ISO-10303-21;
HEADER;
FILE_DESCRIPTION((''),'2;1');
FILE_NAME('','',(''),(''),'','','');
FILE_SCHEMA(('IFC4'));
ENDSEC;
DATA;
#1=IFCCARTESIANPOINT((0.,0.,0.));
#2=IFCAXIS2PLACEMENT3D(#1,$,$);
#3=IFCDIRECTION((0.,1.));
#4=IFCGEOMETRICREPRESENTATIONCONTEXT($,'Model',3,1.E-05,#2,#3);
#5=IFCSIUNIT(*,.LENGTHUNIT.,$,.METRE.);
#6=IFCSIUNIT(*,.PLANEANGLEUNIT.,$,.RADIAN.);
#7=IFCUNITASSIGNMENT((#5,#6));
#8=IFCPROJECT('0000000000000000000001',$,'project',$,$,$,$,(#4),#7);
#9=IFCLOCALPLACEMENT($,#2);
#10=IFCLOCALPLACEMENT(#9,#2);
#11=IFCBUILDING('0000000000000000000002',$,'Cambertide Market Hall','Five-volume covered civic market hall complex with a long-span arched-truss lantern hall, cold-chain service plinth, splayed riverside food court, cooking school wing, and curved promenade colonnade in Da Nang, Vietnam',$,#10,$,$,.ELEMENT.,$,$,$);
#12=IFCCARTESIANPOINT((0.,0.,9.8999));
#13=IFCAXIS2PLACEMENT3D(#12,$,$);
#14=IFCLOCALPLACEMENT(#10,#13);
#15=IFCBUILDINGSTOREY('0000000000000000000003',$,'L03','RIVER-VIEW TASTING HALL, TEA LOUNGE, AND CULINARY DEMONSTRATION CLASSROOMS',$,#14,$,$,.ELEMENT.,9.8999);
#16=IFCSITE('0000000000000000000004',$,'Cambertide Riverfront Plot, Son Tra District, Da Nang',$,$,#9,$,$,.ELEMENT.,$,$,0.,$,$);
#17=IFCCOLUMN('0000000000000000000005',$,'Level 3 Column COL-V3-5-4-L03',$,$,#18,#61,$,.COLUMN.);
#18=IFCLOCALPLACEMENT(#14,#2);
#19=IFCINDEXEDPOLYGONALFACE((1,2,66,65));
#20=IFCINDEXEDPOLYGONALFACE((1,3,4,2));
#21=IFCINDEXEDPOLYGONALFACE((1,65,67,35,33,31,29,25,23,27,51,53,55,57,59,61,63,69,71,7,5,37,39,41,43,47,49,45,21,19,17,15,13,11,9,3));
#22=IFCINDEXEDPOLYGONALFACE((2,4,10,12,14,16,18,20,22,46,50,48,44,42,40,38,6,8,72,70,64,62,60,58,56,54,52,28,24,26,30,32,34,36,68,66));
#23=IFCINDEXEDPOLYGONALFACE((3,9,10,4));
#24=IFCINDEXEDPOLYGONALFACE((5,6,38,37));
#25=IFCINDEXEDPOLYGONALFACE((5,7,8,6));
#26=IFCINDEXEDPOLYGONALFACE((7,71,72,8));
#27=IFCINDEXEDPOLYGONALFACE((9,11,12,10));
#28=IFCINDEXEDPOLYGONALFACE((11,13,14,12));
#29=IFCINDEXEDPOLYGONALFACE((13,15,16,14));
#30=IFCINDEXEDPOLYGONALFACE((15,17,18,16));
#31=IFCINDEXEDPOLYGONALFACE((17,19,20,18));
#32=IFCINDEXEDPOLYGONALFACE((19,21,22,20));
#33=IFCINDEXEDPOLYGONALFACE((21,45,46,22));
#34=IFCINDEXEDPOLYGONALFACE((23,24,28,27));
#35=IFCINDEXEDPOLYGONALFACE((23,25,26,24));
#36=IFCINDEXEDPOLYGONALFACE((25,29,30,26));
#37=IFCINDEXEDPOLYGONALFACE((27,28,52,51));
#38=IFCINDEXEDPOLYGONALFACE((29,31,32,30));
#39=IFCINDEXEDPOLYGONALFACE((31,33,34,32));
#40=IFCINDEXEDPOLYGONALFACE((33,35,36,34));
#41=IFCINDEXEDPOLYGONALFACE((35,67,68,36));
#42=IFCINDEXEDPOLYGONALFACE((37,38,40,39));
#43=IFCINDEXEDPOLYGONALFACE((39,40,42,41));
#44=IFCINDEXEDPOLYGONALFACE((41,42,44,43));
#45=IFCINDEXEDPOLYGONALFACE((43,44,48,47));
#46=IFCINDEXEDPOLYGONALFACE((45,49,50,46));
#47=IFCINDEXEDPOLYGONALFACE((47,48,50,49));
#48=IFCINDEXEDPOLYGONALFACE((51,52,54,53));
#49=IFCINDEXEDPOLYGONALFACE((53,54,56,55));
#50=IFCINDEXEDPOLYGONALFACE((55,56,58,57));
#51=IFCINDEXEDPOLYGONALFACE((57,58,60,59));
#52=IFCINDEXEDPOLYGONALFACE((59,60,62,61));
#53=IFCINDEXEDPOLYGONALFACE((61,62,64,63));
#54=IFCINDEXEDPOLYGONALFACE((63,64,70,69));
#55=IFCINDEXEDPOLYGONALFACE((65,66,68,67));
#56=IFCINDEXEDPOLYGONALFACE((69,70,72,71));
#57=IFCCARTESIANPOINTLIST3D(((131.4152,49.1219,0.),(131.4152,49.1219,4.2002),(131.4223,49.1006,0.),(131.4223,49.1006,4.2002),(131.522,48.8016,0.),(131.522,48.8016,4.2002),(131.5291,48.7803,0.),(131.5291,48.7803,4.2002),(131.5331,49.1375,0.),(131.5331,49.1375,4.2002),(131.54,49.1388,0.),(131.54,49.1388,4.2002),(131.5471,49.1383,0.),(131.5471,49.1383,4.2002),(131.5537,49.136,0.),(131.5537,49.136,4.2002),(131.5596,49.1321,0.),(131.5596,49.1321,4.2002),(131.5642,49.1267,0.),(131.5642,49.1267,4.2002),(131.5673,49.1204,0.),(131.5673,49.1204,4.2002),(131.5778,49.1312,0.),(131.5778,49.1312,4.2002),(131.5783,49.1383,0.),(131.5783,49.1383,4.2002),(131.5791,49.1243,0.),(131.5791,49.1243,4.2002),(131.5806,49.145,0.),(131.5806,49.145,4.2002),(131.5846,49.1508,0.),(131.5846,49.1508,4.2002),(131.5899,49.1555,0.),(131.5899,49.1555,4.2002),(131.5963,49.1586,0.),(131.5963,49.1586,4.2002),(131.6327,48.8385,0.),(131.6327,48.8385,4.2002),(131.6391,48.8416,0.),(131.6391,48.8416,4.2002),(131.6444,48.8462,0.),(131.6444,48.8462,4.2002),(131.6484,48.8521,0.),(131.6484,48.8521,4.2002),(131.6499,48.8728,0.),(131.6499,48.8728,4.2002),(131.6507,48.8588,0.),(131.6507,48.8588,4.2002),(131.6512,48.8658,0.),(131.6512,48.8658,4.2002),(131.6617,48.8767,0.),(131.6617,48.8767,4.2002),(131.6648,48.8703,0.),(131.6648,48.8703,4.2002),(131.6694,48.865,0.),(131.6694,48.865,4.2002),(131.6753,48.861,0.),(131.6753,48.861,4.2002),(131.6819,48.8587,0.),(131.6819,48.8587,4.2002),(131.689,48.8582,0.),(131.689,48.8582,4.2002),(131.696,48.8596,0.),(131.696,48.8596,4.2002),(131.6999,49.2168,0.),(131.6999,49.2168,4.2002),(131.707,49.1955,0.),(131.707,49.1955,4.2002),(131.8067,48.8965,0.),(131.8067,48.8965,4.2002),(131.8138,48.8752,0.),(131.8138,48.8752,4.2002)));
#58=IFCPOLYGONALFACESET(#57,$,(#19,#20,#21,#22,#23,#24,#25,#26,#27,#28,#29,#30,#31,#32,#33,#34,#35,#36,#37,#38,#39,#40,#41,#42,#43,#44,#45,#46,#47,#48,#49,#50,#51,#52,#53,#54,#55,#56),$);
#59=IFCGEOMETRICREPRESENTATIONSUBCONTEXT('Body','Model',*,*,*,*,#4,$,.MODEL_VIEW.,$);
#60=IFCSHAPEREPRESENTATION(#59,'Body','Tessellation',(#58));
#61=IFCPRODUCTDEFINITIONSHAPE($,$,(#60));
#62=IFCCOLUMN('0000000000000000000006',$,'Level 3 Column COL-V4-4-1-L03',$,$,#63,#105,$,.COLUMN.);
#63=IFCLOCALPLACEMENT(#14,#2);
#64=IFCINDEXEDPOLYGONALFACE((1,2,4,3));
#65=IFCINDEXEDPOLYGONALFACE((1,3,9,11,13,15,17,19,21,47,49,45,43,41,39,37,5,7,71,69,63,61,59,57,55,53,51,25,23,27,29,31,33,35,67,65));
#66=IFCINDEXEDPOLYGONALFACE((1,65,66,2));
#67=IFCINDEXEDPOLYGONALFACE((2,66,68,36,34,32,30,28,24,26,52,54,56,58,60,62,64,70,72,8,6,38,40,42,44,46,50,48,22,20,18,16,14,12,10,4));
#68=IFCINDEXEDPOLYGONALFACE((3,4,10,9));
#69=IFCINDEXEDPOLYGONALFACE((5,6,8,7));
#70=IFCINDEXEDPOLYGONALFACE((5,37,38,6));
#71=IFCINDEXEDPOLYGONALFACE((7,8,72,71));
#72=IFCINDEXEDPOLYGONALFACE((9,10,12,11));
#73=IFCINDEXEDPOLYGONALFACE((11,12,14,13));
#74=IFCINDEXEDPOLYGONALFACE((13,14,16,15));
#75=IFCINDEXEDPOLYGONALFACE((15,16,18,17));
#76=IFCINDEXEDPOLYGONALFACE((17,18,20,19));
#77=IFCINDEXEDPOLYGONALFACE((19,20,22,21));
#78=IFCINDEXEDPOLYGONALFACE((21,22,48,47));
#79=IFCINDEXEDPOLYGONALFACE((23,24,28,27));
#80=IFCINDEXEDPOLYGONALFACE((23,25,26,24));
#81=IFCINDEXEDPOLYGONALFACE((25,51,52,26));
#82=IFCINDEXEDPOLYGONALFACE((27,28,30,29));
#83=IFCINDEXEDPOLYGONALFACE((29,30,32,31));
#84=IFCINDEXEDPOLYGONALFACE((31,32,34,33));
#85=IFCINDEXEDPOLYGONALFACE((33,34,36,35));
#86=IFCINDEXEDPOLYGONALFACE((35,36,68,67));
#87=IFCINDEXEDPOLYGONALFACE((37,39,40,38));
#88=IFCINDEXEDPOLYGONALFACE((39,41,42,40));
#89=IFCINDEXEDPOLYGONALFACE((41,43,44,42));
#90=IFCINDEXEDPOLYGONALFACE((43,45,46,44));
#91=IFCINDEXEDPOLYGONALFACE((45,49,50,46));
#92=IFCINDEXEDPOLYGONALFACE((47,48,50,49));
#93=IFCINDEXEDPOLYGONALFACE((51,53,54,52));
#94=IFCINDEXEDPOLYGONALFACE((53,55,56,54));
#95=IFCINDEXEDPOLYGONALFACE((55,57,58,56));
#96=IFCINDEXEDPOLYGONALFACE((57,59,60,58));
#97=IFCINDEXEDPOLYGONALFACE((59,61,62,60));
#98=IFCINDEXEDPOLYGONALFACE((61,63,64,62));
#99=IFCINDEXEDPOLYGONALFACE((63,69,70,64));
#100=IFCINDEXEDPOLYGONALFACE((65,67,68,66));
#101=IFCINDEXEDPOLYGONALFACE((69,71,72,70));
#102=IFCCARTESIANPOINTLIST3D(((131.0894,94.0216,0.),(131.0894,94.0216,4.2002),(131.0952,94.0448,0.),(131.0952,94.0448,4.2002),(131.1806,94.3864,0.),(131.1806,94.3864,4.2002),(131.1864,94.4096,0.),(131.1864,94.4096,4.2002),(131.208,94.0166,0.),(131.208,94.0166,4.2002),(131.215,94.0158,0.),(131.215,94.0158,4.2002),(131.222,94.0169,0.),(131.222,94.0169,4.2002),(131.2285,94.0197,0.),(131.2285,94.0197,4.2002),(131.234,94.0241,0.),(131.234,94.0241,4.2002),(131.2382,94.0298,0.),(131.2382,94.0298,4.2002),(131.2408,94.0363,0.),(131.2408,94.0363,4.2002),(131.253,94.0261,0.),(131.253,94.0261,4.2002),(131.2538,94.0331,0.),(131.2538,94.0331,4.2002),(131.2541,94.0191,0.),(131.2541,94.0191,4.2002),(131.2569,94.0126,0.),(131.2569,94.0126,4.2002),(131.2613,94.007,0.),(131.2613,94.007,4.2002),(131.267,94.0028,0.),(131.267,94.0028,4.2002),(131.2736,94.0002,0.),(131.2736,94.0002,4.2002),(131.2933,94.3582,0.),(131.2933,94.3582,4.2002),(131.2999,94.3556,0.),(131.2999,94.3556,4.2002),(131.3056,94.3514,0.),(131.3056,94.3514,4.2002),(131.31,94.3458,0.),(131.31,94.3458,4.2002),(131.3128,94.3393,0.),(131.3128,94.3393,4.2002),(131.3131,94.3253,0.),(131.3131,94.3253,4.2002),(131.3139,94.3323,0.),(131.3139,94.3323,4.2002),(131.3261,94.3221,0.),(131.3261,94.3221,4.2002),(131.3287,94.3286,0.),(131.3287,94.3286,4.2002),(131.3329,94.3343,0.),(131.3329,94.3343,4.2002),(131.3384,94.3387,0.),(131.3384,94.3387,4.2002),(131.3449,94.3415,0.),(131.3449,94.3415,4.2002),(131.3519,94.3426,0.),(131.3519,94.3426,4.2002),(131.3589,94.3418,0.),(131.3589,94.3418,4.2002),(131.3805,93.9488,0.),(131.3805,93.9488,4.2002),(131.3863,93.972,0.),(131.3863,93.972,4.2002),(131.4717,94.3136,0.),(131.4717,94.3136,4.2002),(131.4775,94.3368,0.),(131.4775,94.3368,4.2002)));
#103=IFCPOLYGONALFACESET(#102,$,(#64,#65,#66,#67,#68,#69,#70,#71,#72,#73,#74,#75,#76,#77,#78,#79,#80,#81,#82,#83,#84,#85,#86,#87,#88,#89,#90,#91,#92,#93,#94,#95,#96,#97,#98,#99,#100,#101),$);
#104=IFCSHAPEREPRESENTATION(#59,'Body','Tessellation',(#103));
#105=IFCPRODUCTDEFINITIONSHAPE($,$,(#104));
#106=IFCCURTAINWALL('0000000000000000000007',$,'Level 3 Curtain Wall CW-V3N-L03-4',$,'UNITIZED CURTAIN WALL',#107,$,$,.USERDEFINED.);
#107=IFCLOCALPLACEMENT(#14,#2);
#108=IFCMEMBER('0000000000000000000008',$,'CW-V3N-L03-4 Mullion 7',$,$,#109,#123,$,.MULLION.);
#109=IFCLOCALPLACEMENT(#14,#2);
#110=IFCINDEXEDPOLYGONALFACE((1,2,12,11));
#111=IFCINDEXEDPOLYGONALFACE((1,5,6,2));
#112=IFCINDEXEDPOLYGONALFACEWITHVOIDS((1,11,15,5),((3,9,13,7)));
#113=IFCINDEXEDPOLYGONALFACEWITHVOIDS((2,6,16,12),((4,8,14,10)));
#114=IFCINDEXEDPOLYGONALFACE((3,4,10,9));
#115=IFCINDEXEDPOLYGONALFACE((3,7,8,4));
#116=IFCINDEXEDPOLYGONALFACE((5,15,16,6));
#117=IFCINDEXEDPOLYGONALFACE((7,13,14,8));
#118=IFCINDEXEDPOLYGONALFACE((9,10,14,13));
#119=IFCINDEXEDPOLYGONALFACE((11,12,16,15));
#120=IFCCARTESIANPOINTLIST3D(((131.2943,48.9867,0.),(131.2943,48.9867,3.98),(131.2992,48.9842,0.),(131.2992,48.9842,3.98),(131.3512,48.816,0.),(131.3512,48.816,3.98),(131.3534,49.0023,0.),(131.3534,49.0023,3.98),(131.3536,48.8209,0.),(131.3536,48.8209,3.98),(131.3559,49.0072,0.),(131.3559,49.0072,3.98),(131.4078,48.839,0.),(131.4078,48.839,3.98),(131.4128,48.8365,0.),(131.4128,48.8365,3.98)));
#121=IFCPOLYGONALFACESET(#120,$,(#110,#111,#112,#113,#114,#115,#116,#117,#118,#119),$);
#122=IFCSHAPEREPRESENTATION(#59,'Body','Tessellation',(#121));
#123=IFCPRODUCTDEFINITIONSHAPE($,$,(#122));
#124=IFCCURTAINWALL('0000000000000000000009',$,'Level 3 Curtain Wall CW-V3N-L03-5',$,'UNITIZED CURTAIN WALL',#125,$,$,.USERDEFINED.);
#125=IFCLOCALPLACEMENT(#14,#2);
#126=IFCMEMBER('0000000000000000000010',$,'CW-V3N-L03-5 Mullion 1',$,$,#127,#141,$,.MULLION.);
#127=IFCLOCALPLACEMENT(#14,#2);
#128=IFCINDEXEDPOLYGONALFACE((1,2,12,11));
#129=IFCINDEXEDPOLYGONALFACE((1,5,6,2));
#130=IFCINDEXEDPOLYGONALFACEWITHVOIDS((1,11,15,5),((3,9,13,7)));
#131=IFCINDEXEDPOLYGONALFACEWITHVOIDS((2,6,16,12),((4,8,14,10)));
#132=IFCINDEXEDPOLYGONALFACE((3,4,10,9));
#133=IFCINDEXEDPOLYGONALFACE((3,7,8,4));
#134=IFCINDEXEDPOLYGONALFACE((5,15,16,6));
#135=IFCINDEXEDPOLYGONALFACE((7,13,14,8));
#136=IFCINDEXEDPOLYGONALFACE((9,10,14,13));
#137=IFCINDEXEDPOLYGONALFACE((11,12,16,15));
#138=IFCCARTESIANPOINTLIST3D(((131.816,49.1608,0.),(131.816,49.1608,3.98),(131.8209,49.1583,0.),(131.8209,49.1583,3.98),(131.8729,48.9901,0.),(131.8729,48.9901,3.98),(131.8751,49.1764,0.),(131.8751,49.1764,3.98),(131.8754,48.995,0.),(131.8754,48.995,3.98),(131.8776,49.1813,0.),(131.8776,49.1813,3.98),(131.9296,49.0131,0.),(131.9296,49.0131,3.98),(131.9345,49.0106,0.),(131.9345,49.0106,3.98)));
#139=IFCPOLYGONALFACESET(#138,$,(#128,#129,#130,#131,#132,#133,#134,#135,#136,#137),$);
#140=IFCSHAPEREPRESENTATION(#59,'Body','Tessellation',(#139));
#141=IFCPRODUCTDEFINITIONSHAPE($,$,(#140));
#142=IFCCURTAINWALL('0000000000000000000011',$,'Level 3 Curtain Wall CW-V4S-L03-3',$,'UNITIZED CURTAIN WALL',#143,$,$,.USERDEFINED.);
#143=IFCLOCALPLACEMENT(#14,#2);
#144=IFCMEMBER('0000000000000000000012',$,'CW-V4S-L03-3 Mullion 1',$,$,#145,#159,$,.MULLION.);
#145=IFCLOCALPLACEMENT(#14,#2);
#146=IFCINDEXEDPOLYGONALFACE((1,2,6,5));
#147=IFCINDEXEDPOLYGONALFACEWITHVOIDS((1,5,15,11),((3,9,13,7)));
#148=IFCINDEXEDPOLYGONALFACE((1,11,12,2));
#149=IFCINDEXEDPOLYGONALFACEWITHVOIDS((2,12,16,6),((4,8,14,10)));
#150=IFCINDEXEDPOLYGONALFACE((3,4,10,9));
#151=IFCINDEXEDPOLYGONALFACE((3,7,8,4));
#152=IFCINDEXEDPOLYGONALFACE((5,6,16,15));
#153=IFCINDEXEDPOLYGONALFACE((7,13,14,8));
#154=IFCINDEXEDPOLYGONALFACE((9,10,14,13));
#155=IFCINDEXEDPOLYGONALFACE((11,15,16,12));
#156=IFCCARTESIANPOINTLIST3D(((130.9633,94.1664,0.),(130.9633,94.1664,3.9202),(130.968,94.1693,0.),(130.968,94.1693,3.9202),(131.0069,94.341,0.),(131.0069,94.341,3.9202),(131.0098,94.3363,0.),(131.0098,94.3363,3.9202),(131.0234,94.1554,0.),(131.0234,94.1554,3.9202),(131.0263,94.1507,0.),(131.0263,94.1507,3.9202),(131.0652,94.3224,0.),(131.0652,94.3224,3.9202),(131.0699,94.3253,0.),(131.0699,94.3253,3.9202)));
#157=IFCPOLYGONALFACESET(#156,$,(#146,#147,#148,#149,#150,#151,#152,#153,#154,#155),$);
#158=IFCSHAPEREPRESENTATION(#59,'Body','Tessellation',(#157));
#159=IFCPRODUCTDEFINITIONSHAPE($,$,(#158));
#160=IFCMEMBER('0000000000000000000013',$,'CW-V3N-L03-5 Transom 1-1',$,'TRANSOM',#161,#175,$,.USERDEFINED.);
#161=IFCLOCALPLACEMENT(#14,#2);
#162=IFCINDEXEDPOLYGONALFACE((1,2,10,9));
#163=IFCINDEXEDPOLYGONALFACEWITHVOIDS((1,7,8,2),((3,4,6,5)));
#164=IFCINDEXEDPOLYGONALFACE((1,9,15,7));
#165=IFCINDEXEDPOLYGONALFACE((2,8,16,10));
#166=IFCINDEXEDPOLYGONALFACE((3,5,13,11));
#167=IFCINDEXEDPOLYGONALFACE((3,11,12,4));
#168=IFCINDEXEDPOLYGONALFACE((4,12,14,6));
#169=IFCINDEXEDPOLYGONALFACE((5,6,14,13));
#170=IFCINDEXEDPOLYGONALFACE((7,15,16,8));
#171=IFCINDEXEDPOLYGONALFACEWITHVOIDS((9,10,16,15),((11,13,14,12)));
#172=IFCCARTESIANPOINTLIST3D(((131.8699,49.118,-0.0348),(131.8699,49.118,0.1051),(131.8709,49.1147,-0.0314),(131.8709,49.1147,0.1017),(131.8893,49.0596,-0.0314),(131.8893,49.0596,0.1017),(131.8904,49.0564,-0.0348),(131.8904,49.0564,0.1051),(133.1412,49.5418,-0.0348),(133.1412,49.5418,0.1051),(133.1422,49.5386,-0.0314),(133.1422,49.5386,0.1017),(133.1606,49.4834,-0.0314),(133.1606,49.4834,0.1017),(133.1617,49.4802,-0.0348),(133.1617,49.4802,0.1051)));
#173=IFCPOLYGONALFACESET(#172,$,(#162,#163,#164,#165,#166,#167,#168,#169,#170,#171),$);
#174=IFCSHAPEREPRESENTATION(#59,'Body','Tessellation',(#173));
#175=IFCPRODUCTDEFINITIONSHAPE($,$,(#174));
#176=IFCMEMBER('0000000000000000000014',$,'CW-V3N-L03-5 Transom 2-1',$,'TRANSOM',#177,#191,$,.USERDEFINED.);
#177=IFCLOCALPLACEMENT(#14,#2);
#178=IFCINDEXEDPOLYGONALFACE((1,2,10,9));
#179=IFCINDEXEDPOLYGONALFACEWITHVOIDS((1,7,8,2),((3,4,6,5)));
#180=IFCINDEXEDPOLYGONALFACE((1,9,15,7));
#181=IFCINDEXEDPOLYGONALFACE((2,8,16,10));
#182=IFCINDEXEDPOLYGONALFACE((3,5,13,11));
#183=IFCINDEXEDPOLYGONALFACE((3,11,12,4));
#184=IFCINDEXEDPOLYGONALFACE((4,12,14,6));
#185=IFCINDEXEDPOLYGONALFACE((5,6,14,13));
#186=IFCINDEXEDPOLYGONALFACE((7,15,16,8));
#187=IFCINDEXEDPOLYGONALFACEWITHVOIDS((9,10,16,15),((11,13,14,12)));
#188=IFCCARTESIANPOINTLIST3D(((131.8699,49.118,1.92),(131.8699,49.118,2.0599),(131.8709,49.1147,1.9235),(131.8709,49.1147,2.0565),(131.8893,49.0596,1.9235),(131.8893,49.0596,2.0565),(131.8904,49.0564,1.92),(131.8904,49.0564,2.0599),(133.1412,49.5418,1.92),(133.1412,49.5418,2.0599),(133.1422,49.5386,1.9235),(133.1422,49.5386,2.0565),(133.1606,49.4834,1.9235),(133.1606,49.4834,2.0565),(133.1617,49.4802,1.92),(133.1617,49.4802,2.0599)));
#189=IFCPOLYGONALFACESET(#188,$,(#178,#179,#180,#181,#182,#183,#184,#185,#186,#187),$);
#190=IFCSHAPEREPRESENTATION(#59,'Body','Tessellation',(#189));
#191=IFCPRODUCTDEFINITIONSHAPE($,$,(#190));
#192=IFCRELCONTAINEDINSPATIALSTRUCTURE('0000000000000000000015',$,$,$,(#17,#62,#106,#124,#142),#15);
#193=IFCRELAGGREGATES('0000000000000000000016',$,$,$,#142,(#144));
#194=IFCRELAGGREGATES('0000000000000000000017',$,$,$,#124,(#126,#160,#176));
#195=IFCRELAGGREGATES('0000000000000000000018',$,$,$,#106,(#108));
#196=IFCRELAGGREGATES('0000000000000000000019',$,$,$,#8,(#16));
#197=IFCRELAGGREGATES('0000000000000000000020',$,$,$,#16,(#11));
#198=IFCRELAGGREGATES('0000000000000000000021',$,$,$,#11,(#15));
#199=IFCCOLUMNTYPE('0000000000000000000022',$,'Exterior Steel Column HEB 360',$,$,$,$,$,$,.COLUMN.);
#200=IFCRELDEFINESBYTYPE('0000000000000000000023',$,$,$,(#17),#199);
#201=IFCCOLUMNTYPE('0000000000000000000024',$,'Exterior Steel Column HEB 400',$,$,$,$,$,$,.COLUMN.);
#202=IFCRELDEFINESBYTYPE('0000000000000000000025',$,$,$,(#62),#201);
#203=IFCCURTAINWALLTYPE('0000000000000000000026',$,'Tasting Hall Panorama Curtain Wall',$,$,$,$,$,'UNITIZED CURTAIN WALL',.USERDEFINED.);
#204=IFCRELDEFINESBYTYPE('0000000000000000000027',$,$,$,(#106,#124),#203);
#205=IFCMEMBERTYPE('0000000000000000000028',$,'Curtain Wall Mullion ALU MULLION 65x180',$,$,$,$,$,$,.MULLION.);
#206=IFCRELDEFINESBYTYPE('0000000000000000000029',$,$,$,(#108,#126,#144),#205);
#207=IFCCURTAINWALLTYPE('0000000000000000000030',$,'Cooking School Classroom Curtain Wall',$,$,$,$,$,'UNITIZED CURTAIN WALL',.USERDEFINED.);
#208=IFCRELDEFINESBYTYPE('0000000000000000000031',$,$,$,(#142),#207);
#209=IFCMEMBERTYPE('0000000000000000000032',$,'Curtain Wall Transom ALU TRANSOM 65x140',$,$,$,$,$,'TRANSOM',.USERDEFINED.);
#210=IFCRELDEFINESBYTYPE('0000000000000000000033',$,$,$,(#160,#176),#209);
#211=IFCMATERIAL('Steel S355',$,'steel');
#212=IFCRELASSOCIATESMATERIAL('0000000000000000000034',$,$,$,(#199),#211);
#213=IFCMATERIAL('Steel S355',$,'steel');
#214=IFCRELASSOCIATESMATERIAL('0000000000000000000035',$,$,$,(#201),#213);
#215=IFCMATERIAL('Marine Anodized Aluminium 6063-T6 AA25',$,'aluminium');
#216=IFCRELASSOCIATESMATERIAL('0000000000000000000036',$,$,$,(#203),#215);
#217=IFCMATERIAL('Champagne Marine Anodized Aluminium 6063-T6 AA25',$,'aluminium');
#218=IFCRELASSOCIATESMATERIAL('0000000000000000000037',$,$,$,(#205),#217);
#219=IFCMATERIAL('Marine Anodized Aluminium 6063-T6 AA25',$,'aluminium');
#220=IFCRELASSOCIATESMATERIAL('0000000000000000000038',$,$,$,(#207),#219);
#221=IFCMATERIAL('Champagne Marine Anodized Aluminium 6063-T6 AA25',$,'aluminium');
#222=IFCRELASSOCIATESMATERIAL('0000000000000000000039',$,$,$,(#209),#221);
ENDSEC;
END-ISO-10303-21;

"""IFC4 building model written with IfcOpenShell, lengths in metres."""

from ifc_helpers import new_model, si_unit, direction, frame, origin, origin_2d, place, context, subcontext, project, spatial, hollow_rectangle, i_section, extrude, material, material_profile, profile_set, type_object, element, aggregate, save


model = new_model("IFC4")

# Units and contexts
model_context = context("Model", 3, precision=1e-05, world=origin(), true_north=direction((0.0, 1.0)))
body_context = subcontext(model_context, "Body", "Model", "MODEL_VIEW")
ifc_project = project(units=[si_unit("LENGTHUNIT", "METRE"), si_unit("PLANEANGLEUNIT", "RADIAN")], contexts=[model_context])

# Site, building, storey
site_placement = place(None, origin())
site = spatial("IfcSite", under=ifc_project, at=site_placement, Name="Cambertide Riverfront Plot, Son Tra District, Da Nang", CompositionType="ELEMENT", RefElevation=0.0)
building_placement = place(site_placement, origin())
building = spatial("IfcBuilding", under=site, at=building_placement, Name="Cambertide Market Hall", Description="Five-volume covered civic market hall complex with a long-span arched-truss lantern hall, cold-chain service plinth, splayed riverside food court, cooking school wing, and curved promenade colonnade in Da Nang, Vietnam", CompositionType="ELEMENT")
storey_placement = place(building_placement, frame((0.0, 0.0, 9.8999)))
storey = spatial("IfcBuildingStorey", under=building, at=storey_placement, Name="L03", Description="RIVER-VIEW TASTING HALL, TEA LOUNGE, AND CULINARY DEMONSTRATION CLASSROOMS", CompositionType="ELEMENT", Elevation=9.8999)

# Columns
ifc_material_1 = material(Name="Steel S355", Category="steel")
ifc_material_profile_1 = material_profile(ifc_material_1, i_section(OverallWidth=0.3, OverallDepth=0.3601, WebThickness=0.0125, FlangeThickness=0.0225, FilletRadius=0.0271, at=origin_2d()), Name="HEB 360")
ifc_profile_set_1 = profile_set([ifc_material_profile_1], Name="Steel S355")
column_type_1 = type_object("IfcColumnType", Name="Exterior Steel Column HEB 360", PredefinedType="COLUMN", material=ifc_profile_set_1)
column_1_placement = place(storey_placement, frame((131.6145, 48.9985, 0.0), z_axis=(0.0, 0.0, 1.0), x_axis=(0.948683, 0.316228, 0.0)))
element("IfcColumn", 1, at=column_1_placement, inside=storey, type_object=column_type_1, Name="Level 3 Column COL-V3-5-4-L03", PredefinedType="COLUMN", context=body_context, shape_type="SweptSolid", body=[
    extrude(i_section(OverallWidth=0.3, OverallDepth=0.3601, WebThickness=0.0125, FlangeThickness=0.0225, FilletRadius=0.0271, at=origin_2d()), origin(), (0.0, 0.0, 1.0), 4.2002),
])
ifc_material_2 = material(Name="Steel S355", Category="steel")
ifc_material_profile_2 = material_profile(ifc_material_2, i_section(OverallWidth=0.3, OverallDepth=0.3999, WebThickness=0.0134, FlangeThickness=0.0239, FilletRadius=0.0271, at=origin_2d()), Name="HEB 400")
ifc_profile_set_2 = profile_set([ifc_material_profile_2], Name="Steel S355")
column_type_2 = type_object("IfcColumnType", Name="Exterior Steel Column HEB 400", PredefinedType="COLUMN", material=ifc_profile_set_2)
column_2_placement = place(storey_placement, frame((131.2834, 94.1792, 0.0), z_axis=(0.0, 0.0, 1.0), x_axis=(0.970143, -0.242536, 0.0)))
element("IfcColumn", 2, at=column_2_placement, inside=storey, type_object=column_type_2, Name="Level 3 Column COL-V4-4-1-L03", PredefinedType="COLUMN", context=body_context, shape_type="SweptSolid", body=[
    extrude(i_section(OverallWidth=0.3, OverallDepth=0.3999, WebThickness=0.0134, FlangeThickness=0.0239, FilletRadius=0.0271, at=origin_2d()), origin(), (0.0, 0.0, 1.0), 4.2002),
])

# Curtain walls, members
ifc_material_3 = material(Name="Marine Anodized Aluminium 6063-T6 AA25", Category="aluminium")
curtain_wall_type_1 = type_object("IfcCurtainWallType", Name="Tasting Hall Panorama Curtain Wall", ElementType="UNITIZED CURTAIN WALL", PredefinedType="USERDEFINED", material=ifc_material_3)
curtain_wall_1_placement = place(storey_placement, origin())
curtain_wall_1 = element("IfcCurtainWall", 3, at=curtain_wall_1_placement, inside=storey, type_object=curtain_wall_type_1, Name="Level 3 Curtain Wall CW-V3N-L03-4", ObjectType="UNITIZED CURTAIN WALL", PredefinedType="USERDEFINED")
ifc_material_4 = material(Name="Champagne Marine Anodized Aluminium 6063-T6 AA25", Category="aluminium")
ifc_material_profile_3 = material_profile(ifc_material_4, hollow_rectangle(XDim=0.0649, YDim=0.1799, WallThickness=0.0039, at=origin_2d()), Name="ALU MULLION 65x180")
ifc_profile_set_3 = profile_set([ifc_material_profile_3], Name="Champagne Marine Anodized Aluminium 6063-T6 AA25")
member_type_1 = type_object("IfcMemberType", Name="Curtain Wall Mullion ALU MULLION 65x180", PredefinedType="MULLION", material=ifc_profile_set_3)
member_1_placement = place(storey_placement, frame((131.3535, 48.9116, 0.0), z_axis=(0.0, 0.0, 1.0), x_axis=(0.948683, 0.316228, 0.0)))
member_1 = element("IfcMember", 4, at=member_1_placement, type_object=member_type_1, Name="CW-V3N-L03-4 Mullion 7", PredefinedType="MULLION", context=body_context, shape_type="SweptSolid", body=[
    extrude(hollow_rectangle(XDim=0.0649, YDim=0.1799, WallThickness=0.0039, at=origin_2d()), origin(), (0.0, 0.0, 1.0), 3.98),
])
curtain_wall_2_placement = place(storey_placement, origin())
curtain_wall_2 = element("IfcCurtainWall", 5, at=curtain_wall_2_placement, inside=storey, type_object=curtain_wall_type_1, Name="Level 3 Curtain Wall CW-V3N-L03-5", ObjectType="UNITIZED CURTAIN WALL", PredefinedType="USERDEFINED")
member_2_placement = place(storey_placement, frame((131.8752, 49.0857, 0.0), z_axis=(0.0, 0.0, 1.0), x_axis=(0.948683, 0.316228, 0.0)))
member_2 = element("IfcMember", 6, at=member_2_placement, type_object=member_type_1, Name="CW-V3N-L03-5 Mullion 1", PredefinedType="MULLION", context=body_context, shape_type="SweptSolid", body=[
    extrude(hollow_rectangle(XDim=0.0649, YDim=0.1799, WallThickness=0.0039, at=origin_2d()), origin(), (0.0, 0.0, 1.0), 3.98),
])
ifc_material_5 = material(Name="Marine Anodized Aluminium 6063-T6 AA25", Category="aluminium")
curtain_wall_type_2 = type_object("IfcCurtainWallType", Name="Cooking School Classroom Curtain Wall", ElementType="UNITIZED CURTAIN WALL", PredefinedType="USERDEFINED", material=ifc_material_5)
curtain_wall_3_placement = place(storey_placement, origin())
curtain_wall_3 = element("IfcCurtainWall", 7, at=curtain_wall_3_placement, inside=storey, type_object=curtain_wall_type_2, Name="Level 3 Curtain Wall CW-V4S-L03-3", ObjectType="UNITIZED CURTAIN WALL", PredefinedType="USERDEFINED")
member_3_placement = place(storey_placement, frame((131.0166, 94.2458, 0.0), z_axis=(0.0, 0.0, 1.0), x_axis=(-0.970143, 0.242535, 0.0)))
member_3 = element("IfcMember", 8, at=member_3_placement, type_object=member_type_1, Name="CW-V4S-L03-3 Mullion 1", PredefinedType="MULLION", context=body_context, shape_type="SweptSolid", body=[
    extrude(hollow_rectangle(XDim=0.0649, YDim=0.1799, WallThickness=0.0039, at=origin_2d()), origin(), (0.0, 0.0, 1.0), 3.9202),
])
aggregate(curtain_wall_3, [member_3])

# Members
ifc_material_6 = material(Name="Champagne Marine Anodized Aluminium 6063-T6 AA25", Category="aluminium")
ifc_material_profile_4 = material_profile(ifc_material_6, hollow_rectangle(XDim=0.0649, YDim=0.1399, WallThickness=0.0034, at=origin_2d()), Name="ALU TRANSOM 65x140")
ifc_profile_set_4 = profile_set([ifc_material_profile_4], Name="Champagne Marine Anodized Aluminium 6063-T6 AA25")
member_type_2 = type_object("IfcMemberType", Name="Curtain Wall Transom ALU TRANSOM 65x140", ElementType="TRANSOM", PredefinedType="USERDEFINED", material=ifc_profile_set_4)
member_4_placement = place(storey_placement, frame((131.8801, 49.0872, 0.0352), z_axis=(0.948665, 0.316282, 0.0), x_axis=(-0.316282, 0.948665, 0.0)))
member_4 = element("IfcMember", 9, at=member_4_placement, type_object=member_type_2, Name="CW-V3N-L03-5 Transom 1-1", ObjectType="TRANSOM", PredefinedType="USERDEFINED", context=body_context, shape_type="SweptSolid", body=[
    extrude(hollow_rectangle(XDim=0.0649, YDim=0.1399, WallThickness=0.0034, at=origin_2d()), origin(), (0.0, 0.0, 1.0), 1.3401),
])
member_5_placement = place(storey_placement, frame((131.8801, 49.0872, 1.99), z_axis=(0.948665, 0.316282, 0.0), x_axis=(-0.316282, 0.948665, 0.0)))
member_5 = element("IfcMember", 10, at=member_5_placement, type_object=member_type_2, Name="CW-V3N-L03-5 Transom 2-1", ObjectType="TRANSOM", PredefinedType="USERDEFINED", context=body_context, shape_type="SweptSolid", body=[
    extrude(hollow_rectangle(XDim=0.0649, YDim=0.1399, WallThickness=0.0034, at=origin_2d()), origin(), (0.0, 0.0, 1.0), 1.3401),
])
aggregate(curtain_wall_2, [member_2, member_4, member_5])

aggregate(curtain_wall_1, [member_1])

save(model, "model.ifc")
